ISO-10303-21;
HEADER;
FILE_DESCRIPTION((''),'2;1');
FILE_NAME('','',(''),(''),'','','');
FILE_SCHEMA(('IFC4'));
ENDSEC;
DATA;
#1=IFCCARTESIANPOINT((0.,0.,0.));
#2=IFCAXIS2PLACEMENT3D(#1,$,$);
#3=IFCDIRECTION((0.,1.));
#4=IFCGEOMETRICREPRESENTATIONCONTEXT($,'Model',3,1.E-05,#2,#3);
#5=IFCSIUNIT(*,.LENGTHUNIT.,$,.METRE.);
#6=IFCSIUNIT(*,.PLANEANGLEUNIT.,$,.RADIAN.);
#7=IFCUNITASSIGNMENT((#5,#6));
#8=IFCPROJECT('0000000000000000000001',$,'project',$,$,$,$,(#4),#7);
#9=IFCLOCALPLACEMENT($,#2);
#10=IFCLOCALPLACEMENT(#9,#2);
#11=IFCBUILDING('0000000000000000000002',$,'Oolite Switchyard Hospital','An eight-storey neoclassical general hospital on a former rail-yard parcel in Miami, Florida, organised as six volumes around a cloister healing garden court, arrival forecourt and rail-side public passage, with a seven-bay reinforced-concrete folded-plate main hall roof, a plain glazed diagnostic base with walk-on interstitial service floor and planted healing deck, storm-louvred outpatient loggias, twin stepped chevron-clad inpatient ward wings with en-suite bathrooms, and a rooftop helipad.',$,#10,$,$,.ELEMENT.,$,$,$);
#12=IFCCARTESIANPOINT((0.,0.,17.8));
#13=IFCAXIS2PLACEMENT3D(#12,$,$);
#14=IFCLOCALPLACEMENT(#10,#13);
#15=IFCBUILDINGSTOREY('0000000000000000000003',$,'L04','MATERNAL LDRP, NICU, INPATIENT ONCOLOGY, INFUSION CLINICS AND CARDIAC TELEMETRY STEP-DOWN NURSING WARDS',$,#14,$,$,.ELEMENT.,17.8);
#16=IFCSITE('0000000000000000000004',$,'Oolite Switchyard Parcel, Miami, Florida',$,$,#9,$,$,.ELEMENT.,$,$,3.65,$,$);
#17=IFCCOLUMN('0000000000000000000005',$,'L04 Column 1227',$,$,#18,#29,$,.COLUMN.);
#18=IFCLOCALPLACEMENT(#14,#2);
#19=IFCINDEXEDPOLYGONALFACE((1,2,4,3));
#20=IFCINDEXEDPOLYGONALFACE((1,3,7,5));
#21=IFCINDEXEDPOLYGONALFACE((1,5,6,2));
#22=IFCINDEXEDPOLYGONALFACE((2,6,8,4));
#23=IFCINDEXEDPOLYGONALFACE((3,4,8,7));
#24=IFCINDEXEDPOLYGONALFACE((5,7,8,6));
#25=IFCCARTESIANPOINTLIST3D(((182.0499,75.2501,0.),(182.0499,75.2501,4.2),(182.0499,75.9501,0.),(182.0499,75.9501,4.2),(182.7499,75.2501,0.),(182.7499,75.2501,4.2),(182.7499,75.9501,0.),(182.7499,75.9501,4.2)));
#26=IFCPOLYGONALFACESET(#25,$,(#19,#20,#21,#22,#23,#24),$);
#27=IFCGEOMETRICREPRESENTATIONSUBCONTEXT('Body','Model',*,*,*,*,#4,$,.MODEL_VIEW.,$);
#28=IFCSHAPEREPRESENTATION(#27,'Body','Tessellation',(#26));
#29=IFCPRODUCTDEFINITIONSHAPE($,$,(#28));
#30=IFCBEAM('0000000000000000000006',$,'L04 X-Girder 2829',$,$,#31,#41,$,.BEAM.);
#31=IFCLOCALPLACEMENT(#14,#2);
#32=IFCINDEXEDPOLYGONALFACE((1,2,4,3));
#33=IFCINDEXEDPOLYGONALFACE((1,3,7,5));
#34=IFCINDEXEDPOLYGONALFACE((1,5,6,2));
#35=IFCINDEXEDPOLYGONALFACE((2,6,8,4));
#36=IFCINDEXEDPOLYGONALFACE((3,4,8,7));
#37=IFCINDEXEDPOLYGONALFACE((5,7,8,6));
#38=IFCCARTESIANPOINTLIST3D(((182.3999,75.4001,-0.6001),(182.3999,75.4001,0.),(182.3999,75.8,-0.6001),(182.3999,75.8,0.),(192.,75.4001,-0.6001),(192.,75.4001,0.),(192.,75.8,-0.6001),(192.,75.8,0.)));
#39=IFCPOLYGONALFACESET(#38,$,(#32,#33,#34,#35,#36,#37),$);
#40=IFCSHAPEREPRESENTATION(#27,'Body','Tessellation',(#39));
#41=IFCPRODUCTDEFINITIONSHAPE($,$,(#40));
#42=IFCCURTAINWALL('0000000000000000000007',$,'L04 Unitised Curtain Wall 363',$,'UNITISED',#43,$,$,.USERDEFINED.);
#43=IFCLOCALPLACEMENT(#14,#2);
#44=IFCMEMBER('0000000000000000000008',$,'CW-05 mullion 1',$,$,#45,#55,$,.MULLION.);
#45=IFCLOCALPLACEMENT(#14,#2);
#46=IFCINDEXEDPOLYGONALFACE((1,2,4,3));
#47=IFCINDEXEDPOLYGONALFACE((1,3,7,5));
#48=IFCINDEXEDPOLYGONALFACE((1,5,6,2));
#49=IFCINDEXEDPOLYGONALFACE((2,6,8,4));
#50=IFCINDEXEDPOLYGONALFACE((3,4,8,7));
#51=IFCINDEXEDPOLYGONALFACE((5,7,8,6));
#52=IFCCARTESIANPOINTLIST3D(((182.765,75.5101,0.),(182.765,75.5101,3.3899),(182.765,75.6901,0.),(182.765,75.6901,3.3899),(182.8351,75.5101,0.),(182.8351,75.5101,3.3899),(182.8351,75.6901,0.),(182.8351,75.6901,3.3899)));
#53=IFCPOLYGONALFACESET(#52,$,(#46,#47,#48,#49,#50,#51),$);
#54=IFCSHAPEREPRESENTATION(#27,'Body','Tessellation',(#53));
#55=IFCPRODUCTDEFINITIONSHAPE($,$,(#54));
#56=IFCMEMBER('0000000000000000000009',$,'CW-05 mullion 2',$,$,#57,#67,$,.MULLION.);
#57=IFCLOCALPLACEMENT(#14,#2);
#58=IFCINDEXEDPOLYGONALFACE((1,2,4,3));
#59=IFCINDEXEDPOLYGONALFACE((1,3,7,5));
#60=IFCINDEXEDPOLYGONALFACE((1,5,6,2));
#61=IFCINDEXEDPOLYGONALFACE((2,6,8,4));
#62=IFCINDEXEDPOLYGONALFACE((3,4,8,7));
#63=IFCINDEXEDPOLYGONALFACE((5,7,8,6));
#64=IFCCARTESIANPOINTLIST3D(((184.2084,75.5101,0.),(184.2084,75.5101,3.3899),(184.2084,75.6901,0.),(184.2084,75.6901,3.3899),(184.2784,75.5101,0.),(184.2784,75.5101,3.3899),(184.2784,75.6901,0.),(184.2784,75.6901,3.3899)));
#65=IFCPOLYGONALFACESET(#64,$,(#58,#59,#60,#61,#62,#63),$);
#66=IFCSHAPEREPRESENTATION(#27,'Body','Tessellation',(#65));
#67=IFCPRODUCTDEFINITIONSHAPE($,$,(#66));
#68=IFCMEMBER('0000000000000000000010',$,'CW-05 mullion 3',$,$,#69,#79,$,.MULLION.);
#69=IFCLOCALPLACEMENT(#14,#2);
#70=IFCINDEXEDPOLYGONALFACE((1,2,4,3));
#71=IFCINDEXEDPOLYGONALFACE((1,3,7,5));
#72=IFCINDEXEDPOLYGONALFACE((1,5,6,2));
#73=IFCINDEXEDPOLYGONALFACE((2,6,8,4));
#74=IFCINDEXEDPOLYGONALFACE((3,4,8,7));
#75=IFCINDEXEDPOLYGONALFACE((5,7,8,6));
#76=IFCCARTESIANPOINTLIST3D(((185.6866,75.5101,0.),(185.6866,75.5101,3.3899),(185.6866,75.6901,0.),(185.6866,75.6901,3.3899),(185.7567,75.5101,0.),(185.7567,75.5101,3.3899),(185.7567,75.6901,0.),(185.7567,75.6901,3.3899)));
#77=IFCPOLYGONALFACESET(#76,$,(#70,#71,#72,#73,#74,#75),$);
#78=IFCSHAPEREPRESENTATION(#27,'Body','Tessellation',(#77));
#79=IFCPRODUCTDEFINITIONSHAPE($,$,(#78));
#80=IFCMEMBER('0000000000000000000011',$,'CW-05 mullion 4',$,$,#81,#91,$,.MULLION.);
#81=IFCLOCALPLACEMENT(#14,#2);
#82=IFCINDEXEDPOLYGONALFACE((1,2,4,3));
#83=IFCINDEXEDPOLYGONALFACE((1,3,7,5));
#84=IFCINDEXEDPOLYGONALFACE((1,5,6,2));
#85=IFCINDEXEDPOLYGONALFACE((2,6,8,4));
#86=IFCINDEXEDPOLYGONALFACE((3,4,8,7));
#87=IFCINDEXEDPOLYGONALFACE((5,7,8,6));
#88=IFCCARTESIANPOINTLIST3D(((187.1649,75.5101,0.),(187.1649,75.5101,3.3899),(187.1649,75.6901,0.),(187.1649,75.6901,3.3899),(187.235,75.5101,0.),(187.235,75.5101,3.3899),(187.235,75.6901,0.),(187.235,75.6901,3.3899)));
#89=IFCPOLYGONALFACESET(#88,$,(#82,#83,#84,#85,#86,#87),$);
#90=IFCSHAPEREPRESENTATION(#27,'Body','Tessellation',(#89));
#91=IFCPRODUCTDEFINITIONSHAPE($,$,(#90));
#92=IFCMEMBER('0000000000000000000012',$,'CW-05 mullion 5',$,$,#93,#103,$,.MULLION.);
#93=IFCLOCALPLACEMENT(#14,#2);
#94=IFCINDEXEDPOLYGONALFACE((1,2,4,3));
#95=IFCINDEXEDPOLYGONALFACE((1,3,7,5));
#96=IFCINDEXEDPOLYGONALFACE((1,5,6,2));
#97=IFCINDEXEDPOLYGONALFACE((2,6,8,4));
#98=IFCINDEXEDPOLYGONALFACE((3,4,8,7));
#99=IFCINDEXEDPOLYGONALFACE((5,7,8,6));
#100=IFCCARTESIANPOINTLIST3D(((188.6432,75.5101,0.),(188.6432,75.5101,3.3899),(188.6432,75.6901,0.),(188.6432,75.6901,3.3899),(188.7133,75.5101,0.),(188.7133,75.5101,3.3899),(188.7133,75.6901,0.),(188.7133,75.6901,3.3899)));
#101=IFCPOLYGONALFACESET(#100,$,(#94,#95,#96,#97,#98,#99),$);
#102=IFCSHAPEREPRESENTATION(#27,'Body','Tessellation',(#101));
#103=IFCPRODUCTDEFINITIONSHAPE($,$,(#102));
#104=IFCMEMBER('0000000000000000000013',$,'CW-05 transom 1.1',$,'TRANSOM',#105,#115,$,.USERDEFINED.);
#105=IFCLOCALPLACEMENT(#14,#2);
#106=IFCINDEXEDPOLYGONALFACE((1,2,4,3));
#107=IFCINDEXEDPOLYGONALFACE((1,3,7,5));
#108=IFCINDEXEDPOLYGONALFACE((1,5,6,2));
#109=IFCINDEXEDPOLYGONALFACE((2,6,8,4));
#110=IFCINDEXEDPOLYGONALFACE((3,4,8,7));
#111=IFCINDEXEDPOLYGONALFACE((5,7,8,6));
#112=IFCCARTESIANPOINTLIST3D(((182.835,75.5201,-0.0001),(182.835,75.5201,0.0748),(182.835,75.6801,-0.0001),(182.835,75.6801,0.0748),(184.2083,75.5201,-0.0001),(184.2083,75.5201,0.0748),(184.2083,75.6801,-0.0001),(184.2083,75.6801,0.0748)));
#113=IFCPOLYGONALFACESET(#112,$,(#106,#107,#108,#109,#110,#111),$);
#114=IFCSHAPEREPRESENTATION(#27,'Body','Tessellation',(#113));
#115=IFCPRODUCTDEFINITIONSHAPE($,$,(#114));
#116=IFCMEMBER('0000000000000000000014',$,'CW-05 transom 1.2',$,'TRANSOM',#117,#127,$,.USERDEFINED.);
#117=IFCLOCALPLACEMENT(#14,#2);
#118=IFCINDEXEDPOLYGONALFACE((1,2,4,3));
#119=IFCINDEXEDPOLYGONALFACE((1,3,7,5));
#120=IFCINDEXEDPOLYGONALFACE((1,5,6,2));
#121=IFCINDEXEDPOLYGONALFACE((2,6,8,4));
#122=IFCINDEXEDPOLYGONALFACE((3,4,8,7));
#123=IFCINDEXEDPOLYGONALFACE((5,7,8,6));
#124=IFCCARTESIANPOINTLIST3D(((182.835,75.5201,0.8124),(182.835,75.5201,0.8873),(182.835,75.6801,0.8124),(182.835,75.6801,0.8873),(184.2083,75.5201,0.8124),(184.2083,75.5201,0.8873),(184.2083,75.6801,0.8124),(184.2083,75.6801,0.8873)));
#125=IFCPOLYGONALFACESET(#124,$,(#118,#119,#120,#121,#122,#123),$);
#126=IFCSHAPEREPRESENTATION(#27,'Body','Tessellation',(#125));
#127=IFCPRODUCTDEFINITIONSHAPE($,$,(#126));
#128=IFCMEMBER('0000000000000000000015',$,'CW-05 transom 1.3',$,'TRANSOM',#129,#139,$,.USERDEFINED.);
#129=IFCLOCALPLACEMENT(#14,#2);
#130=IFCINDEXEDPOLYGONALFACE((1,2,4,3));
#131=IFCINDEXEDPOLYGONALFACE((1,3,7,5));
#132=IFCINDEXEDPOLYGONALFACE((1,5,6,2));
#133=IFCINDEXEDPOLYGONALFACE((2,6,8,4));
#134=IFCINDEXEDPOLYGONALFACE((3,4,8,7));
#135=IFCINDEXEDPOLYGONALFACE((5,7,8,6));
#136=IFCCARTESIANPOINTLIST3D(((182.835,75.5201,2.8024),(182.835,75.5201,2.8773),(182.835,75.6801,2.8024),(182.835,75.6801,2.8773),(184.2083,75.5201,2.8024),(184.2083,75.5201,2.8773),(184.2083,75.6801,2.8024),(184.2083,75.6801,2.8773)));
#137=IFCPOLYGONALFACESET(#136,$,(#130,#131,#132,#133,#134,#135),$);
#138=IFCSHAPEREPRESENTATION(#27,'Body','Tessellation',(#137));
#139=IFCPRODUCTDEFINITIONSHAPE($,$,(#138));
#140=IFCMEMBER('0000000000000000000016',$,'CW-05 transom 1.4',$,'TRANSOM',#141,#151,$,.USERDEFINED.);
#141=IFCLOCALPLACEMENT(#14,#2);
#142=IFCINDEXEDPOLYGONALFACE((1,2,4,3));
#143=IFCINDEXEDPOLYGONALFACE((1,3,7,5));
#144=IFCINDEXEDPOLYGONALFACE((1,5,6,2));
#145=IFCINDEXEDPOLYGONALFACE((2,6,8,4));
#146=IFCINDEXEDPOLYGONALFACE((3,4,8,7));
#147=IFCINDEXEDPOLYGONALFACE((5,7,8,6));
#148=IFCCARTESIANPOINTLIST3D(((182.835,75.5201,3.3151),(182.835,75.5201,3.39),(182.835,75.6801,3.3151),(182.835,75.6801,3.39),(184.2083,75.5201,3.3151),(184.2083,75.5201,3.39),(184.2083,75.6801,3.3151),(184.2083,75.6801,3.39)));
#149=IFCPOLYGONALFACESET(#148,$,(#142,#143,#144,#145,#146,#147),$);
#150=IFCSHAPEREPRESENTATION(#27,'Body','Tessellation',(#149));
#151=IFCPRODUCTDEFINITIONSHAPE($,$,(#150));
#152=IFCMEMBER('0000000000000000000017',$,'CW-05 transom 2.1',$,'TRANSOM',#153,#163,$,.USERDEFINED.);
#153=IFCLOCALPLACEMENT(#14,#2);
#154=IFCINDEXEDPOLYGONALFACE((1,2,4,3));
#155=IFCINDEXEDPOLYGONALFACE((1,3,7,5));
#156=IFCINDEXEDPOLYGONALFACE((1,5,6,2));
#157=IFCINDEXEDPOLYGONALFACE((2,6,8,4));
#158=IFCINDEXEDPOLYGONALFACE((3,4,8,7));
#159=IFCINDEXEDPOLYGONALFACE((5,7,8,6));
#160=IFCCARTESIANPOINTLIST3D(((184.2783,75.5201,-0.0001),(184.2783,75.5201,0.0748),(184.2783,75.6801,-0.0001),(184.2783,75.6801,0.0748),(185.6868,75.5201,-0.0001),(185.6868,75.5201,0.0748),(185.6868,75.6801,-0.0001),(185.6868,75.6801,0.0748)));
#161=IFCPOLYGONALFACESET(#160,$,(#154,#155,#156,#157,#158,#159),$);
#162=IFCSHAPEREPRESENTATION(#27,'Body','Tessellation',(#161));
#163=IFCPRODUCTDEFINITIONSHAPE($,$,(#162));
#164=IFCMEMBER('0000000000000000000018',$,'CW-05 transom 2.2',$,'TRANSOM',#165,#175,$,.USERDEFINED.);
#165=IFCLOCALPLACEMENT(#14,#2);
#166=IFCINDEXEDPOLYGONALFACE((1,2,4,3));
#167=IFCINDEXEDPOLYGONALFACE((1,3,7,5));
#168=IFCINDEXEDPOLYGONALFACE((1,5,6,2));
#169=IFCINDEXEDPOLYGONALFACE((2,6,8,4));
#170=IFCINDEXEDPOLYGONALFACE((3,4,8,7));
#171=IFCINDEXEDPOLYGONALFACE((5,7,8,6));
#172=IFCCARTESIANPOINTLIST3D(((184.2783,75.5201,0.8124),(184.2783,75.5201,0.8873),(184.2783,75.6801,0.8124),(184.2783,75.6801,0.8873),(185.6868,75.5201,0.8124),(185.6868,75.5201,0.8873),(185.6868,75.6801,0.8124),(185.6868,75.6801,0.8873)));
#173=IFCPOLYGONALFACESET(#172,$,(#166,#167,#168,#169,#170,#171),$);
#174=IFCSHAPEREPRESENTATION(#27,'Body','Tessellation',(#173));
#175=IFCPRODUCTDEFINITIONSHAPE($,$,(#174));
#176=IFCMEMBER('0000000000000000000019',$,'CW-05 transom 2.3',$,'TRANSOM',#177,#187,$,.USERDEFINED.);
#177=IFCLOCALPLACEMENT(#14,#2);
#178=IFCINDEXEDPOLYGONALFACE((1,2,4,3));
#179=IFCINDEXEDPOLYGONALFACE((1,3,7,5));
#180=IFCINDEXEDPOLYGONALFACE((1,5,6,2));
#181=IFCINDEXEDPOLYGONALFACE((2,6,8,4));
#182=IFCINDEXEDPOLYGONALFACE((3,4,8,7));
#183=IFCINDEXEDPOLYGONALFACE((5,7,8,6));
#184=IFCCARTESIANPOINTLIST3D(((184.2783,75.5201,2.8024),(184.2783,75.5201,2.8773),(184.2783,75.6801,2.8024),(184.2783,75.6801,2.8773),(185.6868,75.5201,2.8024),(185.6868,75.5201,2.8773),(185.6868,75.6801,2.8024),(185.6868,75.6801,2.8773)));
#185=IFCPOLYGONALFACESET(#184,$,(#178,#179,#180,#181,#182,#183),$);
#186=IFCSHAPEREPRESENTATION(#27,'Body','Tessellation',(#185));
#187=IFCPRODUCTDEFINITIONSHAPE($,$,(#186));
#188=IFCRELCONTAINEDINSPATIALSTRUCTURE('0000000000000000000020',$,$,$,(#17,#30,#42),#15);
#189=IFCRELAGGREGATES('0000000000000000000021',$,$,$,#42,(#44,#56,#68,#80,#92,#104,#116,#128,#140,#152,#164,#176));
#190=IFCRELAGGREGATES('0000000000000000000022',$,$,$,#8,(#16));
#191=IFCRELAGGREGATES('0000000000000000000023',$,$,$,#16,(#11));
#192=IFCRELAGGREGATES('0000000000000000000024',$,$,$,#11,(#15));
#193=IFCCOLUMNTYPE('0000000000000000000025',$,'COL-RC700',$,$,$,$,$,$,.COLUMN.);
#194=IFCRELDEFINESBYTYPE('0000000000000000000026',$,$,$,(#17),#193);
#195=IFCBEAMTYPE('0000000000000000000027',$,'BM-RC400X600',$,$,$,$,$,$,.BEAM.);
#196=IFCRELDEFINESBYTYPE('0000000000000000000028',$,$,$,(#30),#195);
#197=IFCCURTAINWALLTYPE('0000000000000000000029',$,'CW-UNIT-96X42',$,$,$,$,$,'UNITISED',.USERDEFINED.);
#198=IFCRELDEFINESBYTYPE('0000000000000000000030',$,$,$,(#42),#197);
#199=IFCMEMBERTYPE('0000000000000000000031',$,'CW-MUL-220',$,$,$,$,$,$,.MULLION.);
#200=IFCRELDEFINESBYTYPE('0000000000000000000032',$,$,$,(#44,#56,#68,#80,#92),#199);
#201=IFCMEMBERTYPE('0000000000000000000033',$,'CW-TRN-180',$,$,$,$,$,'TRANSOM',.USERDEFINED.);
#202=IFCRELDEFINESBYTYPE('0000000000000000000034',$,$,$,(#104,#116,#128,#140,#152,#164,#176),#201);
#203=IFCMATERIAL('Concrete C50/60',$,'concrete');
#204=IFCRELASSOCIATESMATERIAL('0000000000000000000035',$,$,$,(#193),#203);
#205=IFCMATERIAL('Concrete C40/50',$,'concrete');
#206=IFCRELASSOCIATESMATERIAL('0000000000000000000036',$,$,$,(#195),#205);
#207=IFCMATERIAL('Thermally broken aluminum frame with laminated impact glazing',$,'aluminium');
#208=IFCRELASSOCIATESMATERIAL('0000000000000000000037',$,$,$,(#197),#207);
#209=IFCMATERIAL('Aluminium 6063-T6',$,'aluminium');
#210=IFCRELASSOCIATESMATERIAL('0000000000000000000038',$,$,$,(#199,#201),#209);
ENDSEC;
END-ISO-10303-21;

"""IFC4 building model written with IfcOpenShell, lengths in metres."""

from ifc_helpers import new_model, si_unit, direction, frame, origin, origin_2d, place, context, subcontext, project, spatial, rectangle, extrude, material, material_profile, profile_set, type_object, element, aggregate, save


model = new_model("IFC4")

# Units and contexts
model_context = context("Model", 3, precision=1e-05, world=origin(), true_north=direction((0.0, 1.0)))
body_context = subcontext(model_context, "Body", "Model", "MODEL_VIEW")
ifc_project = project(units=[si_unit("LENGTHUNIT", "METRE"), si_unit("PLANEANGLEUNIT", "RADIAN")], contexts=[model_context])

# Site, building, storey
site_placement = place(None, origin())
site = spatial("IfcSite", under=ifc_project, at=site_placement, Name="Oolite Switchyard Parcel, Miami, Florida", CompositionType="ELEMENT", RefElevation=3.65)
building_placement = place(site_placement, origin())
building = spatial("IfcBuilding", under=site, at=building_placement, Name="Oolite Switchyard Hospital", Description="An eight-storey neoclassical general hospital on a former rail-yard parcel in Miami, Florida, organised as six volumes around a cloister healing garden court, arrival forecourt and rail-side public passage, with a seven-bay reinforced-concrete folded-plate main hall roof, a plain glazed diagnostic base with walk-on interstitial service floor and planted healing deck, storm-louvred outpatient loggias, twin stepped chevron-clad inpatient ward wings with en-suite bathrooms, and a rooftop helipad.", CompositionType="ELEMENT")
storey_placement = place(building_placement, frame((0.0, 0.0, 17.8)))
storey = spatial("IfcBuildingStorey", under=building, at=storey_placement, Name="L04", Description="MATERNAL LDRP, NICU, INPATIENT ONCOLOGY, INFUSION CLINICS AND CARDIAC TELEMETRY STEP-DOWN NURSING WARDS", CompositionType="ELEMENT", Elevation=17.8)

# Column
ifc_material_1 = material(Name="Concrete C50/60", Category="concrete")
ifc_material_profile_1 = material_profile(ifc_material_1, rectangle(XDim=0.7, YDim=0.7, at=origin_2d()), Name="RC700X700")
ifc_profile_set_1 = profile_set([ifc_material_profile_1], Name="Concrete C50/60")
column_type = type_object("IfcColumnType", Name="COL-RC700", PredefinedType="COLUMN", material=ifc_profile_set_1)
column_placement = place(storey_placement, frame((182.3999, 75.6001, 0.0), z_axis=(0.0, 0.0, 1.0), x_axis=(1.0, 0.0, 0.0)))
element("IfcColumn", 1, at=column_placement, inside=storey, type_object=column_type, Name="L04 Column 1227", PredefinedType="COLUMN", context=body_context, shape_type="SweptSolid", body=[
    extrude(rectangle(XDim=0.7, YDim=0.7, at=origin_2d()), origin(), (0.0, 0.0, 1.0), 4.2),
])

# Beam
ifc_material_2 = material(Name="Concrete C40/50", Category="concrete")
ifc_material_profile_2 = material_profile(ifc_material_2, rectangle(XDim=0.3999, YDim=0.6001, at=origin_2d()), Name="RCB400X600")
ifc_profile_set_2 = profile_set([ifc_material_profile_2], Name="Concrete C40/50")
beam_type = type_object("IfcBeamType", Name="BM-RC400X600", PredefinedType="BEAM", material=ifc_profile_set_2)
beam_placement = place(storey_placement, frame((182.3999, 75.6001, -0.3), z_axis=(1.0, 0.0, 0.0), x_axis=(0.0, 1.0, 0.0)))
element("IfcBeam", 2, at=beam_placement, inside=storey, type_object=beam_type, Name="L04 X-Girder 2829", PredefinedType="BEAM", context=body_context, shape_type="SweptSolid", body=[
    extrude(rectangle(XDim=0.3999, YDim=0.6001, at=origin_2d()), origin(), (0.0, 0.0, 1.0), 9.6001),
])

# Curtain wall, members
ifc_material_3 = material(Name="Thermally broken aluminum frame with laminated impact glazing", Category="aluminium")
curtain_wall_type = type_object("IfcCurtainWallType", Name="CW-UNIT-96X42", ElementType="UNITISED", PredefinedType="USERDEFINED", material=ifc_material_3)
curtain_wall_placement = place(storey_placement, origin())
curtain_wall = element("IfcCurtainWall", 3, at=curtain_wall_placement, inside=storey, type_object=curtain_wall_type, Name="L04 Unitised Curtain Wall 363", ObjectType="UNITISED", PredefinedType="USERDEFINED")
ifc_material_4 = material(Name="Aluminium 6063-T6", Category="aluminium")
ifc_material_profile_3 = material_profile(ifc_material_4, rectangle(XDim=0.1799, YDim=0.0701, at=origin_2d()), Name="CWM70X180")
ifc_profile_set_3 = profile_set([ifc_material_profile_3], Name="Aluminium 6063-T6")
member_type_1 = type_object("IfcMemberType", Name="CW-MUL-220", PredefinedType="MULLION", material=ifc_profile_set_3)
member_1_placement = place(storey_placement, frame((182.8, 75.6001, 0.0), z_axis=(0.0, 0.0, 1.0), x_axis=(0.0, 1.0, 0.0)))
member_1 = element("IfcMember", 4, at=member_1_placement, type_object=member_type_1, Name="CW-05 mullion 1", PredefinedType="MULLION", context=body_context, shape_type="SweptSolid", body=[
    extrude(rectangle(XDim=0.1799, YDim=0.0701, at=origin_2d()), origin(), (0.0, 0.0, 1.0), 3.3899),
])
member_2_placement = place(storey_placement, frame((184.2434, 75.6001, 0.0), z_axis=(0.0, 0.0, 1.0), x_axis=(0.0, 1.0, 0.0)))
member_2 = element("IfcMember", 5, at=member_2_placement, type_object=member_type_1, Name="CW-05 mullion 2", PredefinedType="MULLION", context=body_context, shape_type="SweptSolid", body=[
    extrude(rectangle(XDim=0.1799, YDim=0.0701, at=origin_2d()), origin(), (0.0, 0.0, 1.0), 3.3899),
])
member_3_placement = place(storey_placement, frame((185.7217, 75.6001, 0.0), z_axis=(0.0, 0.0, 1.0), x_axis=(0.0, 1.0, 0.0)))
member_3 = element("IfcMember", 6, at=member_3_placement, type_object=member_type_1, Name="CW-05 mullion 3", PredefinedType="MULLION", context=body_context, shape_type="SweptSolid", body=[
    extrude(rectangle(XDim=0.1799, YDim=0.0701, at=origin_2d()), origin(), (0.0, 0.0, 1.0), 3.3899),
])
member_4_placement = place(storey_placement, frame((187.2, 75.6001, 0.0), z_axis=(0.0, 0.0, 1.0), x_axis=(0.0, 1.0, 0.0)))
member_4 = element("IfcMember", 7, at=member_4_placement, type_object=member_type_1, Name="CW-05 mullion 4", PredefinedType="MULLION", context=body_context, shape_type="SweptSolid", body=[
    extrude(rectangle(XDim=0.1799, YDim=0.0701, at=origin_2d()), origin(), (0.0, 0.0, 1.0), 3.3899),
])
member_5_placement = place(storey_placement, frame((188.6782, 75.6001, 0.0), z_axis=(0.0, 0.0, 1.0), x_axis=(0.0, 1.0, 0.0)))
member_5 = element("IfcMember", 8, at=member_5_placement, type_object=member_type_1, Name="CW-05 mullion 5", PredefinedType="MULLION", context=body_context, shape_type="SweptSolid", body=[
    extrude(rectangle(XDim=0.1799, YDim=0.0701, at=origin_2d()), origin(), (0.0, 0.0, 1.0), 3.3899),
])
ifc_material_profile_4 = material_profile(ifc_material_4, rectangle(XDim=0.1599, YDim=0.075, at=origin_2d()), Name="CWT75X160")
ifc_profile_set_4 = profile_set([ifc_material_profile_4], Name="Aluminium 6063-T6")
member_type_2 = type_object("IfcMemberType", Name="CW-TRN-180", ElementType="TRANSOM", PredefinedType="USERDEFINED", material=ifc_profile_set_4)
member_6_placement = place(storey_placement, frame((182.835, 75.6001, 0.0374), z_axis=(1.0, 0.0, 0.0), x_axis=(0.0, 1.0, 0.0)))
member_6 = element("IfcMember", 9, at=member_6_placement, type_object=member_type_2, Name="CW-05 transom 1.1", ObjectType="TRANSOM", PredefinedType="USERDEFINED", context=body_context, shape_type="SweptSolid", body=[
    extrude(rectangle(XDim=0.1599, YDim=0.075, at=origin_2d()), origin(), (0.0, 0.0, 1.0), 1.3733),
])
member_7_placement = place(storey_placement, frame((182.835, 75.6001, 0.8499), z_axis=(1.0, 0.0, 0.0), x_axis=(0.0, 1.0, 0.0)))
member_7 = element("IfcMember", 10, at=member_7_placement, type_object=member_type_2, Name="CW-05 transom 1.2", ObjectType="TRANSOM", PredefinedType="USERDEFINED", context=body_context, shape_type="SweptSolid", body=[
    extrude(rectangle(XDim=0.1599, YDim=0.075, at=origin_2d()), origin(), (0.0, 0.0, 1.0), 1.3733),
])
member_8_placement = place(storey_placement, frame((182.835, 75.6001, 2.8398), z_axis=(1.0, 0.0, 0.0), x_axis=(0.0, 1.0, 0.0)))
member_8 = element("IfcMember", 11, at=member_8_placement, type_object=member_type_2, Name="CW-05 transom 1.3", ObjectType="TRANSOM", PredefinedType="USERDEFINED", context=body_context, shape_type="SweptSolid", body=[
    extrude(rectangle(XDim=0.1599, YDim=0.075, at=origin_2d()), origin(), (0.0, 0.0, 1.0), 1.3733),
])
member_9_placement = place(storey_placement, frame((182.835, 75.6001, 3.3525), z_axis=(1.0, 0.0, 0.0), x_axis=(0.0, 1.0, 0.0)))
member_9 = element("IfcMember", 12, at=member_9_placement, type_object=member_type_2, Name="CW-05 transom 1.4", ObjectType="TRANSOM", PredefinedType="USERDEFINED", context=body_context, shape_type="SweptSolid", body=[
    extrude(rectangle(XDim=0.1599, YDim=0.075, at=origin_2d()), origin(), (0.0, 0.0, 1.0), 1.3733),
])
member_10_placement = place(storey_placement, frame((184.2783, 75.6001, 0.0374), z_axis=(1.0, 0.0, 0.0), x_axis=(0.0, 1.0, 0.0)))
member_10 = element("IfcMember", 13, at=member_10_placement, type_object=member_type_2, Name="CW-05 transom 2.1", ObjectType="TRANSOM", PredefinedType="USERDEFINED", context=body_context, shape_type="SweptSolid", body=[
    extrude(rectangle(XDim=0.1599, YDim=0.075, at=origin_2d()), origin(), (0.0, 0.0, 1.0), 1.4084),
])
member_11_placement = place(storey_placement, frame((184.2783, 75.6001, 0.8499), z_axis=(1.0, 0.0, 0.0), x_axis=(0.0, 1.0, 0.0)))
member_11 = element("IfcMember", 14, at=member_11_placement, type_object=member_type_2, Name="CW-05 transom 2.2", ObjectType="TRANSOM", PredefinedType="USERDEFINED", context=body_context, shape_type="SweptSolid", body=[
    extrude(rectangle(XDim=0.1599, YDim=0.075, at=origin_2d()), origin(), (0.0, 0.0, 1.0), 1.4084),
])
member_12_placement = place(storey_placement, frame((184.2783, 75.6001, 2.8398), z_axis=(1.0, 0.0, 0.0), x_axis=(0.0, 1.0, 0.0)))
member_12 = element("IfcMember", 15, at=member_12_placement, type_object=member_type_2, Name="CW-05 transom 2.3", ObjectType="TRANSOM", PredefinedType="USERDEFINED", context=body_context, shape_type="SweptSolid", body=[
    extrude(rectangle(XDim=0.1599, YDim=0.075, at=origin_2d()), origin(), (0.0, 0.0, 1.0), 1.4084),
])
aggregate(curtain_wall, [member_1, member_2, member_3, member_4, member_5, member_6, member_7, member_8, member_9, member_10, member_11, member_12])

save(model, "model.ifc")
